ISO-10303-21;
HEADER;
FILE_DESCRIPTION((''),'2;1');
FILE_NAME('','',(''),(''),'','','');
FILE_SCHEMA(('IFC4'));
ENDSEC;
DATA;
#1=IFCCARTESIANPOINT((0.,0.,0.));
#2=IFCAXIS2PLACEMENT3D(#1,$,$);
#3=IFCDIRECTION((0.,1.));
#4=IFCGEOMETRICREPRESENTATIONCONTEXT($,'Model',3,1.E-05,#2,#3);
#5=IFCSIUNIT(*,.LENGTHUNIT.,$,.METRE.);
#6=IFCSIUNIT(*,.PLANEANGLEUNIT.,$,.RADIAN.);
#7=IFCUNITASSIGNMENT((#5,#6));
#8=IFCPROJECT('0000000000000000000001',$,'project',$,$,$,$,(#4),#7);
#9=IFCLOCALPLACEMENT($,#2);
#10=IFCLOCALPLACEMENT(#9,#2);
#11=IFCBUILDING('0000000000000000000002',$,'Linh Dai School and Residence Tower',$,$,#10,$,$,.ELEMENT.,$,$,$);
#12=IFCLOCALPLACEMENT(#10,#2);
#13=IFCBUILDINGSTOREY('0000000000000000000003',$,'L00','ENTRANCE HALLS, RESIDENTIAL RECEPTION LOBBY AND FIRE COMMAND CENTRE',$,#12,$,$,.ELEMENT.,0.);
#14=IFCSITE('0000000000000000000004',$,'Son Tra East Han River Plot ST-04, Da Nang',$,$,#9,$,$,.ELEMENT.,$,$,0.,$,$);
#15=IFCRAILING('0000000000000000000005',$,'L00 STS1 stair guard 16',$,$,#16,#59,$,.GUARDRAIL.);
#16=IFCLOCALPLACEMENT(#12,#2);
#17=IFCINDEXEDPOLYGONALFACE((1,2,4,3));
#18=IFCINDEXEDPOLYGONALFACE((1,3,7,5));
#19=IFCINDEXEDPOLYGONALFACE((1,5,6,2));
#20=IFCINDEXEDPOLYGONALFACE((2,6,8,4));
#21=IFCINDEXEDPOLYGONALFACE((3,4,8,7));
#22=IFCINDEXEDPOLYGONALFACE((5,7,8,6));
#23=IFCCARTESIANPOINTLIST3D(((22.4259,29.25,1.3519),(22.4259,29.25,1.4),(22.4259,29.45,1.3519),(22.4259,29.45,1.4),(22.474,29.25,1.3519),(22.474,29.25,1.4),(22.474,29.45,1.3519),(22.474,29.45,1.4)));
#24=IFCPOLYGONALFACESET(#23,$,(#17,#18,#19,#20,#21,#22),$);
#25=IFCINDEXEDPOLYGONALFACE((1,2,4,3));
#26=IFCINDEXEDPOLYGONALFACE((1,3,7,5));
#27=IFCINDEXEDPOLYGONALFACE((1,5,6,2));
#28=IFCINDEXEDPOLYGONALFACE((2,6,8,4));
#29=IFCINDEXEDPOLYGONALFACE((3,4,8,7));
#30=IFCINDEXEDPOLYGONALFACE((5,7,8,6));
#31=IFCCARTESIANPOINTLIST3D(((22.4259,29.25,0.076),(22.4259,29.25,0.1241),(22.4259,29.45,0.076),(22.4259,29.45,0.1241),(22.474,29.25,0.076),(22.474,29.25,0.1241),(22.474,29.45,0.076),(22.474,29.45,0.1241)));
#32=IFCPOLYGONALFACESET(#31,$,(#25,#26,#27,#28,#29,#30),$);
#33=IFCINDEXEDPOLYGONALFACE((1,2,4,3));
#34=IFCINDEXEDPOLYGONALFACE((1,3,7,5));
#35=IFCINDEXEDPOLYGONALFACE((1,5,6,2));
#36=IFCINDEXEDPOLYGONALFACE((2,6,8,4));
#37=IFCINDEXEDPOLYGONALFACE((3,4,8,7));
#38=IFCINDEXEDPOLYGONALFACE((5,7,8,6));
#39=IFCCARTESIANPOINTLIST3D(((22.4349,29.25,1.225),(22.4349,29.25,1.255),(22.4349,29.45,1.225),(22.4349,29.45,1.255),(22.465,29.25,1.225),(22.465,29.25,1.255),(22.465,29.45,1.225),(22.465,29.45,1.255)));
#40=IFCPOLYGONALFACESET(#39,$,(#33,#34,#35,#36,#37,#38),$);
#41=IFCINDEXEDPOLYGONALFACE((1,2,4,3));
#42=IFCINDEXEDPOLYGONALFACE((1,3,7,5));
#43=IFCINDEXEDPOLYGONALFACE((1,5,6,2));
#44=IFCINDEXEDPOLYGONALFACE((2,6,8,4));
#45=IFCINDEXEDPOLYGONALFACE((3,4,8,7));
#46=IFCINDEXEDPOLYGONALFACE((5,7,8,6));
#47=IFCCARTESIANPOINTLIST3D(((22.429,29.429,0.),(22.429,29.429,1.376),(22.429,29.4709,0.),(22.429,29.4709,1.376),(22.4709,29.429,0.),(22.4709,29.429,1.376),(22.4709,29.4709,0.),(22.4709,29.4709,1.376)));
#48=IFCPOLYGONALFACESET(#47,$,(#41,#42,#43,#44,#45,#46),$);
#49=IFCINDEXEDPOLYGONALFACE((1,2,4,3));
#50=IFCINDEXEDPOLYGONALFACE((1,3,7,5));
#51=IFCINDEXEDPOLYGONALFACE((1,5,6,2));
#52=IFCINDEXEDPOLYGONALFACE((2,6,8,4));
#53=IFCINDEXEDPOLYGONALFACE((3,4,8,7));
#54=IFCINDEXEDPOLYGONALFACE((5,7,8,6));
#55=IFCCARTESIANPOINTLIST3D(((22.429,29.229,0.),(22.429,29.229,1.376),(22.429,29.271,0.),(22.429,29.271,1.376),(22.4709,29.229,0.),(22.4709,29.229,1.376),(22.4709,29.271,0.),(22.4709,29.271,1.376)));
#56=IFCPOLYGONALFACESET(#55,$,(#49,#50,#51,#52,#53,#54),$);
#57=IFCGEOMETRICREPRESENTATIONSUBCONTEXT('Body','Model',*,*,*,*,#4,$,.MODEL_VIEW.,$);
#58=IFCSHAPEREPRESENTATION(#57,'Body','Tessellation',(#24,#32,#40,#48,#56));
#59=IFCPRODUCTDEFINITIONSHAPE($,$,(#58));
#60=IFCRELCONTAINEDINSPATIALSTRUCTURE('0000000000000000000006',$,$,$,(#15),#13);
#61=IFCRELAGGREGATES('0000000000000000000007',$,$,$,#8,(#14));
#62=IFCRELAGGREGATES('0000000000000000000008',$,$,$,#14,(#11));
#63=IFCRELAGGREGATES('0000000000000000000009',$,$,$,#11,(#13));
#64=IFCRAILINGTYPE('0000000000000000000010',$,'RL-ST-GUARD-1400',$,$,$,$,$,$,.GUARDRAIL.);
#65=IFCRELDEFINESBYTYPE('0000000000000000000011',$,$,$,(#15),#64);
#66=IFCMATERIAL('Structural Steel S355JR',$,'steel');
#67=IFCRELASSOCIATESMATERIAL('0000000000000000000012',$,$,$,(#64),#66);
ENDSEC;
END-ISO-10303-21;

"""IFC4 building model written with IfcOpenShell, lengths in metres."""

from ifc_helpers import new_model, si_unit, direction, frame, origin, origin_2d, place, context, subcontext, project, spatial, rectangle, extrude, source, transform, mapped, material, type_object, element, save


model = new_model("IFC4")

# Units and contexts
model_context = context("Model", 3, precision=1e-05, world=origin(), true_north=direction((0.0, 1.0)))
body_context = subcontext(model_context, "Body", "Model", "MODEL_VIEW")
ifc_project = project(units=[si_unit("LENGTHUNIT", "METRE"), si_unit("PLANEANGLEUNIT", "RADIAN")], contexts=[model_context])

# Site, building, storey
site_placement = place(None, origin())
site = spatial("IfcSite", under=ifc_project, at=site_placement, Name="Son Tra East Han River Plot ST-04, Da Nang", CompositionType="ELEMENT", RefElevation=0.0)
building_placement = place(site_placement, origin())
building = spatial("IfcBuilding", under=site, at=building_placement, Name="Linh Dai School and Residence Tower", CompositionType="ELEMENT")
storey_placement = place(building_placement, origin())
storey = spatial("IfcBuildingStorey", under=building, at=storey_placement, Name="L00", Description="ENTRANCE HALLS, RESIDENTIAL RECEPTION LOBBY AND FIRE COMMAND CENTRE", CompositionType="ELEMENT", Elevation=0.0)

# Shared definitions
ifc_material_1 = material(Name="Structural Steel S355JR", Category="steel")

# Railing
railing_type_1 = type_object("IfcRailingType", Name="RL-ST-GUARD-1400", PredefinedType="GUARDRAIL", material=ifc_material_1)
shared_shape_1 = source(origin(), body_context, "Body", "SweptSolid", [
    extrude(rectangle(XDim=0.0481, YDim=0.0481, at=origin_2d()), frame((0.0, 0.0, 1.376), z_axis=(0.0, -1.0, 0.0), x_axis=(1.0, 0.0, 0.0)), (0.0, 0.0, 1.0), 0.2),
    extrude(rectangle(XDim=0.0481, YDim=0.0481, at=origin_2d()), frame((0.0, 0.0, 0.1001), z_axis=(0.0, -1.0, 0.0), x_axis=(1.0, 0.0, 0.0)), (0.0, 0.0, 1.0), 0.2),
    extrude(rectangle(XDim=0.03, YDim=0.03, at=origin_2d()), frame((0.0, 0.0, 1.24), z_axis=(0.0, -1.0, 0.0), x_axis=(1.0, 0.0, 0.0)), (0.0, 0.0, 1.0), 0.2),
    extrude(rectangle(XDim=0.042, YDim=0.042, at=origin_2d()), origin(), (0.0, 0.0, 1.0), 1.376),
    extrude(rectangle(XDim=0.042, YDim=0.042, at=origin_2d()), frame((0.0, -0.2, 0.0)), (0.0, 0.0, 1.0), 1.376),
])
railing_placement = place(storey_placement, frame((22.45, 29.45, 0.0)))
element("IfcRailing", 1, at=railing_placement, inside=storey, type_object=railing_type_1, Name="L00 STS1 stair guard 16", PredefinedType="GUARDRAIL", context=body_context, shape_type="MappedRepresentation", body=[
    mapped(shared_shape_1, transform((0.0, 0.0, 0.0), x_axis=(1.0, 0.0, 0.0), y_axis=(0.0, 1.0, 0.0), z_axis=(0.0, 0.0, 1.0), scale=1.0)),
])

save(model, "model.ifc")
